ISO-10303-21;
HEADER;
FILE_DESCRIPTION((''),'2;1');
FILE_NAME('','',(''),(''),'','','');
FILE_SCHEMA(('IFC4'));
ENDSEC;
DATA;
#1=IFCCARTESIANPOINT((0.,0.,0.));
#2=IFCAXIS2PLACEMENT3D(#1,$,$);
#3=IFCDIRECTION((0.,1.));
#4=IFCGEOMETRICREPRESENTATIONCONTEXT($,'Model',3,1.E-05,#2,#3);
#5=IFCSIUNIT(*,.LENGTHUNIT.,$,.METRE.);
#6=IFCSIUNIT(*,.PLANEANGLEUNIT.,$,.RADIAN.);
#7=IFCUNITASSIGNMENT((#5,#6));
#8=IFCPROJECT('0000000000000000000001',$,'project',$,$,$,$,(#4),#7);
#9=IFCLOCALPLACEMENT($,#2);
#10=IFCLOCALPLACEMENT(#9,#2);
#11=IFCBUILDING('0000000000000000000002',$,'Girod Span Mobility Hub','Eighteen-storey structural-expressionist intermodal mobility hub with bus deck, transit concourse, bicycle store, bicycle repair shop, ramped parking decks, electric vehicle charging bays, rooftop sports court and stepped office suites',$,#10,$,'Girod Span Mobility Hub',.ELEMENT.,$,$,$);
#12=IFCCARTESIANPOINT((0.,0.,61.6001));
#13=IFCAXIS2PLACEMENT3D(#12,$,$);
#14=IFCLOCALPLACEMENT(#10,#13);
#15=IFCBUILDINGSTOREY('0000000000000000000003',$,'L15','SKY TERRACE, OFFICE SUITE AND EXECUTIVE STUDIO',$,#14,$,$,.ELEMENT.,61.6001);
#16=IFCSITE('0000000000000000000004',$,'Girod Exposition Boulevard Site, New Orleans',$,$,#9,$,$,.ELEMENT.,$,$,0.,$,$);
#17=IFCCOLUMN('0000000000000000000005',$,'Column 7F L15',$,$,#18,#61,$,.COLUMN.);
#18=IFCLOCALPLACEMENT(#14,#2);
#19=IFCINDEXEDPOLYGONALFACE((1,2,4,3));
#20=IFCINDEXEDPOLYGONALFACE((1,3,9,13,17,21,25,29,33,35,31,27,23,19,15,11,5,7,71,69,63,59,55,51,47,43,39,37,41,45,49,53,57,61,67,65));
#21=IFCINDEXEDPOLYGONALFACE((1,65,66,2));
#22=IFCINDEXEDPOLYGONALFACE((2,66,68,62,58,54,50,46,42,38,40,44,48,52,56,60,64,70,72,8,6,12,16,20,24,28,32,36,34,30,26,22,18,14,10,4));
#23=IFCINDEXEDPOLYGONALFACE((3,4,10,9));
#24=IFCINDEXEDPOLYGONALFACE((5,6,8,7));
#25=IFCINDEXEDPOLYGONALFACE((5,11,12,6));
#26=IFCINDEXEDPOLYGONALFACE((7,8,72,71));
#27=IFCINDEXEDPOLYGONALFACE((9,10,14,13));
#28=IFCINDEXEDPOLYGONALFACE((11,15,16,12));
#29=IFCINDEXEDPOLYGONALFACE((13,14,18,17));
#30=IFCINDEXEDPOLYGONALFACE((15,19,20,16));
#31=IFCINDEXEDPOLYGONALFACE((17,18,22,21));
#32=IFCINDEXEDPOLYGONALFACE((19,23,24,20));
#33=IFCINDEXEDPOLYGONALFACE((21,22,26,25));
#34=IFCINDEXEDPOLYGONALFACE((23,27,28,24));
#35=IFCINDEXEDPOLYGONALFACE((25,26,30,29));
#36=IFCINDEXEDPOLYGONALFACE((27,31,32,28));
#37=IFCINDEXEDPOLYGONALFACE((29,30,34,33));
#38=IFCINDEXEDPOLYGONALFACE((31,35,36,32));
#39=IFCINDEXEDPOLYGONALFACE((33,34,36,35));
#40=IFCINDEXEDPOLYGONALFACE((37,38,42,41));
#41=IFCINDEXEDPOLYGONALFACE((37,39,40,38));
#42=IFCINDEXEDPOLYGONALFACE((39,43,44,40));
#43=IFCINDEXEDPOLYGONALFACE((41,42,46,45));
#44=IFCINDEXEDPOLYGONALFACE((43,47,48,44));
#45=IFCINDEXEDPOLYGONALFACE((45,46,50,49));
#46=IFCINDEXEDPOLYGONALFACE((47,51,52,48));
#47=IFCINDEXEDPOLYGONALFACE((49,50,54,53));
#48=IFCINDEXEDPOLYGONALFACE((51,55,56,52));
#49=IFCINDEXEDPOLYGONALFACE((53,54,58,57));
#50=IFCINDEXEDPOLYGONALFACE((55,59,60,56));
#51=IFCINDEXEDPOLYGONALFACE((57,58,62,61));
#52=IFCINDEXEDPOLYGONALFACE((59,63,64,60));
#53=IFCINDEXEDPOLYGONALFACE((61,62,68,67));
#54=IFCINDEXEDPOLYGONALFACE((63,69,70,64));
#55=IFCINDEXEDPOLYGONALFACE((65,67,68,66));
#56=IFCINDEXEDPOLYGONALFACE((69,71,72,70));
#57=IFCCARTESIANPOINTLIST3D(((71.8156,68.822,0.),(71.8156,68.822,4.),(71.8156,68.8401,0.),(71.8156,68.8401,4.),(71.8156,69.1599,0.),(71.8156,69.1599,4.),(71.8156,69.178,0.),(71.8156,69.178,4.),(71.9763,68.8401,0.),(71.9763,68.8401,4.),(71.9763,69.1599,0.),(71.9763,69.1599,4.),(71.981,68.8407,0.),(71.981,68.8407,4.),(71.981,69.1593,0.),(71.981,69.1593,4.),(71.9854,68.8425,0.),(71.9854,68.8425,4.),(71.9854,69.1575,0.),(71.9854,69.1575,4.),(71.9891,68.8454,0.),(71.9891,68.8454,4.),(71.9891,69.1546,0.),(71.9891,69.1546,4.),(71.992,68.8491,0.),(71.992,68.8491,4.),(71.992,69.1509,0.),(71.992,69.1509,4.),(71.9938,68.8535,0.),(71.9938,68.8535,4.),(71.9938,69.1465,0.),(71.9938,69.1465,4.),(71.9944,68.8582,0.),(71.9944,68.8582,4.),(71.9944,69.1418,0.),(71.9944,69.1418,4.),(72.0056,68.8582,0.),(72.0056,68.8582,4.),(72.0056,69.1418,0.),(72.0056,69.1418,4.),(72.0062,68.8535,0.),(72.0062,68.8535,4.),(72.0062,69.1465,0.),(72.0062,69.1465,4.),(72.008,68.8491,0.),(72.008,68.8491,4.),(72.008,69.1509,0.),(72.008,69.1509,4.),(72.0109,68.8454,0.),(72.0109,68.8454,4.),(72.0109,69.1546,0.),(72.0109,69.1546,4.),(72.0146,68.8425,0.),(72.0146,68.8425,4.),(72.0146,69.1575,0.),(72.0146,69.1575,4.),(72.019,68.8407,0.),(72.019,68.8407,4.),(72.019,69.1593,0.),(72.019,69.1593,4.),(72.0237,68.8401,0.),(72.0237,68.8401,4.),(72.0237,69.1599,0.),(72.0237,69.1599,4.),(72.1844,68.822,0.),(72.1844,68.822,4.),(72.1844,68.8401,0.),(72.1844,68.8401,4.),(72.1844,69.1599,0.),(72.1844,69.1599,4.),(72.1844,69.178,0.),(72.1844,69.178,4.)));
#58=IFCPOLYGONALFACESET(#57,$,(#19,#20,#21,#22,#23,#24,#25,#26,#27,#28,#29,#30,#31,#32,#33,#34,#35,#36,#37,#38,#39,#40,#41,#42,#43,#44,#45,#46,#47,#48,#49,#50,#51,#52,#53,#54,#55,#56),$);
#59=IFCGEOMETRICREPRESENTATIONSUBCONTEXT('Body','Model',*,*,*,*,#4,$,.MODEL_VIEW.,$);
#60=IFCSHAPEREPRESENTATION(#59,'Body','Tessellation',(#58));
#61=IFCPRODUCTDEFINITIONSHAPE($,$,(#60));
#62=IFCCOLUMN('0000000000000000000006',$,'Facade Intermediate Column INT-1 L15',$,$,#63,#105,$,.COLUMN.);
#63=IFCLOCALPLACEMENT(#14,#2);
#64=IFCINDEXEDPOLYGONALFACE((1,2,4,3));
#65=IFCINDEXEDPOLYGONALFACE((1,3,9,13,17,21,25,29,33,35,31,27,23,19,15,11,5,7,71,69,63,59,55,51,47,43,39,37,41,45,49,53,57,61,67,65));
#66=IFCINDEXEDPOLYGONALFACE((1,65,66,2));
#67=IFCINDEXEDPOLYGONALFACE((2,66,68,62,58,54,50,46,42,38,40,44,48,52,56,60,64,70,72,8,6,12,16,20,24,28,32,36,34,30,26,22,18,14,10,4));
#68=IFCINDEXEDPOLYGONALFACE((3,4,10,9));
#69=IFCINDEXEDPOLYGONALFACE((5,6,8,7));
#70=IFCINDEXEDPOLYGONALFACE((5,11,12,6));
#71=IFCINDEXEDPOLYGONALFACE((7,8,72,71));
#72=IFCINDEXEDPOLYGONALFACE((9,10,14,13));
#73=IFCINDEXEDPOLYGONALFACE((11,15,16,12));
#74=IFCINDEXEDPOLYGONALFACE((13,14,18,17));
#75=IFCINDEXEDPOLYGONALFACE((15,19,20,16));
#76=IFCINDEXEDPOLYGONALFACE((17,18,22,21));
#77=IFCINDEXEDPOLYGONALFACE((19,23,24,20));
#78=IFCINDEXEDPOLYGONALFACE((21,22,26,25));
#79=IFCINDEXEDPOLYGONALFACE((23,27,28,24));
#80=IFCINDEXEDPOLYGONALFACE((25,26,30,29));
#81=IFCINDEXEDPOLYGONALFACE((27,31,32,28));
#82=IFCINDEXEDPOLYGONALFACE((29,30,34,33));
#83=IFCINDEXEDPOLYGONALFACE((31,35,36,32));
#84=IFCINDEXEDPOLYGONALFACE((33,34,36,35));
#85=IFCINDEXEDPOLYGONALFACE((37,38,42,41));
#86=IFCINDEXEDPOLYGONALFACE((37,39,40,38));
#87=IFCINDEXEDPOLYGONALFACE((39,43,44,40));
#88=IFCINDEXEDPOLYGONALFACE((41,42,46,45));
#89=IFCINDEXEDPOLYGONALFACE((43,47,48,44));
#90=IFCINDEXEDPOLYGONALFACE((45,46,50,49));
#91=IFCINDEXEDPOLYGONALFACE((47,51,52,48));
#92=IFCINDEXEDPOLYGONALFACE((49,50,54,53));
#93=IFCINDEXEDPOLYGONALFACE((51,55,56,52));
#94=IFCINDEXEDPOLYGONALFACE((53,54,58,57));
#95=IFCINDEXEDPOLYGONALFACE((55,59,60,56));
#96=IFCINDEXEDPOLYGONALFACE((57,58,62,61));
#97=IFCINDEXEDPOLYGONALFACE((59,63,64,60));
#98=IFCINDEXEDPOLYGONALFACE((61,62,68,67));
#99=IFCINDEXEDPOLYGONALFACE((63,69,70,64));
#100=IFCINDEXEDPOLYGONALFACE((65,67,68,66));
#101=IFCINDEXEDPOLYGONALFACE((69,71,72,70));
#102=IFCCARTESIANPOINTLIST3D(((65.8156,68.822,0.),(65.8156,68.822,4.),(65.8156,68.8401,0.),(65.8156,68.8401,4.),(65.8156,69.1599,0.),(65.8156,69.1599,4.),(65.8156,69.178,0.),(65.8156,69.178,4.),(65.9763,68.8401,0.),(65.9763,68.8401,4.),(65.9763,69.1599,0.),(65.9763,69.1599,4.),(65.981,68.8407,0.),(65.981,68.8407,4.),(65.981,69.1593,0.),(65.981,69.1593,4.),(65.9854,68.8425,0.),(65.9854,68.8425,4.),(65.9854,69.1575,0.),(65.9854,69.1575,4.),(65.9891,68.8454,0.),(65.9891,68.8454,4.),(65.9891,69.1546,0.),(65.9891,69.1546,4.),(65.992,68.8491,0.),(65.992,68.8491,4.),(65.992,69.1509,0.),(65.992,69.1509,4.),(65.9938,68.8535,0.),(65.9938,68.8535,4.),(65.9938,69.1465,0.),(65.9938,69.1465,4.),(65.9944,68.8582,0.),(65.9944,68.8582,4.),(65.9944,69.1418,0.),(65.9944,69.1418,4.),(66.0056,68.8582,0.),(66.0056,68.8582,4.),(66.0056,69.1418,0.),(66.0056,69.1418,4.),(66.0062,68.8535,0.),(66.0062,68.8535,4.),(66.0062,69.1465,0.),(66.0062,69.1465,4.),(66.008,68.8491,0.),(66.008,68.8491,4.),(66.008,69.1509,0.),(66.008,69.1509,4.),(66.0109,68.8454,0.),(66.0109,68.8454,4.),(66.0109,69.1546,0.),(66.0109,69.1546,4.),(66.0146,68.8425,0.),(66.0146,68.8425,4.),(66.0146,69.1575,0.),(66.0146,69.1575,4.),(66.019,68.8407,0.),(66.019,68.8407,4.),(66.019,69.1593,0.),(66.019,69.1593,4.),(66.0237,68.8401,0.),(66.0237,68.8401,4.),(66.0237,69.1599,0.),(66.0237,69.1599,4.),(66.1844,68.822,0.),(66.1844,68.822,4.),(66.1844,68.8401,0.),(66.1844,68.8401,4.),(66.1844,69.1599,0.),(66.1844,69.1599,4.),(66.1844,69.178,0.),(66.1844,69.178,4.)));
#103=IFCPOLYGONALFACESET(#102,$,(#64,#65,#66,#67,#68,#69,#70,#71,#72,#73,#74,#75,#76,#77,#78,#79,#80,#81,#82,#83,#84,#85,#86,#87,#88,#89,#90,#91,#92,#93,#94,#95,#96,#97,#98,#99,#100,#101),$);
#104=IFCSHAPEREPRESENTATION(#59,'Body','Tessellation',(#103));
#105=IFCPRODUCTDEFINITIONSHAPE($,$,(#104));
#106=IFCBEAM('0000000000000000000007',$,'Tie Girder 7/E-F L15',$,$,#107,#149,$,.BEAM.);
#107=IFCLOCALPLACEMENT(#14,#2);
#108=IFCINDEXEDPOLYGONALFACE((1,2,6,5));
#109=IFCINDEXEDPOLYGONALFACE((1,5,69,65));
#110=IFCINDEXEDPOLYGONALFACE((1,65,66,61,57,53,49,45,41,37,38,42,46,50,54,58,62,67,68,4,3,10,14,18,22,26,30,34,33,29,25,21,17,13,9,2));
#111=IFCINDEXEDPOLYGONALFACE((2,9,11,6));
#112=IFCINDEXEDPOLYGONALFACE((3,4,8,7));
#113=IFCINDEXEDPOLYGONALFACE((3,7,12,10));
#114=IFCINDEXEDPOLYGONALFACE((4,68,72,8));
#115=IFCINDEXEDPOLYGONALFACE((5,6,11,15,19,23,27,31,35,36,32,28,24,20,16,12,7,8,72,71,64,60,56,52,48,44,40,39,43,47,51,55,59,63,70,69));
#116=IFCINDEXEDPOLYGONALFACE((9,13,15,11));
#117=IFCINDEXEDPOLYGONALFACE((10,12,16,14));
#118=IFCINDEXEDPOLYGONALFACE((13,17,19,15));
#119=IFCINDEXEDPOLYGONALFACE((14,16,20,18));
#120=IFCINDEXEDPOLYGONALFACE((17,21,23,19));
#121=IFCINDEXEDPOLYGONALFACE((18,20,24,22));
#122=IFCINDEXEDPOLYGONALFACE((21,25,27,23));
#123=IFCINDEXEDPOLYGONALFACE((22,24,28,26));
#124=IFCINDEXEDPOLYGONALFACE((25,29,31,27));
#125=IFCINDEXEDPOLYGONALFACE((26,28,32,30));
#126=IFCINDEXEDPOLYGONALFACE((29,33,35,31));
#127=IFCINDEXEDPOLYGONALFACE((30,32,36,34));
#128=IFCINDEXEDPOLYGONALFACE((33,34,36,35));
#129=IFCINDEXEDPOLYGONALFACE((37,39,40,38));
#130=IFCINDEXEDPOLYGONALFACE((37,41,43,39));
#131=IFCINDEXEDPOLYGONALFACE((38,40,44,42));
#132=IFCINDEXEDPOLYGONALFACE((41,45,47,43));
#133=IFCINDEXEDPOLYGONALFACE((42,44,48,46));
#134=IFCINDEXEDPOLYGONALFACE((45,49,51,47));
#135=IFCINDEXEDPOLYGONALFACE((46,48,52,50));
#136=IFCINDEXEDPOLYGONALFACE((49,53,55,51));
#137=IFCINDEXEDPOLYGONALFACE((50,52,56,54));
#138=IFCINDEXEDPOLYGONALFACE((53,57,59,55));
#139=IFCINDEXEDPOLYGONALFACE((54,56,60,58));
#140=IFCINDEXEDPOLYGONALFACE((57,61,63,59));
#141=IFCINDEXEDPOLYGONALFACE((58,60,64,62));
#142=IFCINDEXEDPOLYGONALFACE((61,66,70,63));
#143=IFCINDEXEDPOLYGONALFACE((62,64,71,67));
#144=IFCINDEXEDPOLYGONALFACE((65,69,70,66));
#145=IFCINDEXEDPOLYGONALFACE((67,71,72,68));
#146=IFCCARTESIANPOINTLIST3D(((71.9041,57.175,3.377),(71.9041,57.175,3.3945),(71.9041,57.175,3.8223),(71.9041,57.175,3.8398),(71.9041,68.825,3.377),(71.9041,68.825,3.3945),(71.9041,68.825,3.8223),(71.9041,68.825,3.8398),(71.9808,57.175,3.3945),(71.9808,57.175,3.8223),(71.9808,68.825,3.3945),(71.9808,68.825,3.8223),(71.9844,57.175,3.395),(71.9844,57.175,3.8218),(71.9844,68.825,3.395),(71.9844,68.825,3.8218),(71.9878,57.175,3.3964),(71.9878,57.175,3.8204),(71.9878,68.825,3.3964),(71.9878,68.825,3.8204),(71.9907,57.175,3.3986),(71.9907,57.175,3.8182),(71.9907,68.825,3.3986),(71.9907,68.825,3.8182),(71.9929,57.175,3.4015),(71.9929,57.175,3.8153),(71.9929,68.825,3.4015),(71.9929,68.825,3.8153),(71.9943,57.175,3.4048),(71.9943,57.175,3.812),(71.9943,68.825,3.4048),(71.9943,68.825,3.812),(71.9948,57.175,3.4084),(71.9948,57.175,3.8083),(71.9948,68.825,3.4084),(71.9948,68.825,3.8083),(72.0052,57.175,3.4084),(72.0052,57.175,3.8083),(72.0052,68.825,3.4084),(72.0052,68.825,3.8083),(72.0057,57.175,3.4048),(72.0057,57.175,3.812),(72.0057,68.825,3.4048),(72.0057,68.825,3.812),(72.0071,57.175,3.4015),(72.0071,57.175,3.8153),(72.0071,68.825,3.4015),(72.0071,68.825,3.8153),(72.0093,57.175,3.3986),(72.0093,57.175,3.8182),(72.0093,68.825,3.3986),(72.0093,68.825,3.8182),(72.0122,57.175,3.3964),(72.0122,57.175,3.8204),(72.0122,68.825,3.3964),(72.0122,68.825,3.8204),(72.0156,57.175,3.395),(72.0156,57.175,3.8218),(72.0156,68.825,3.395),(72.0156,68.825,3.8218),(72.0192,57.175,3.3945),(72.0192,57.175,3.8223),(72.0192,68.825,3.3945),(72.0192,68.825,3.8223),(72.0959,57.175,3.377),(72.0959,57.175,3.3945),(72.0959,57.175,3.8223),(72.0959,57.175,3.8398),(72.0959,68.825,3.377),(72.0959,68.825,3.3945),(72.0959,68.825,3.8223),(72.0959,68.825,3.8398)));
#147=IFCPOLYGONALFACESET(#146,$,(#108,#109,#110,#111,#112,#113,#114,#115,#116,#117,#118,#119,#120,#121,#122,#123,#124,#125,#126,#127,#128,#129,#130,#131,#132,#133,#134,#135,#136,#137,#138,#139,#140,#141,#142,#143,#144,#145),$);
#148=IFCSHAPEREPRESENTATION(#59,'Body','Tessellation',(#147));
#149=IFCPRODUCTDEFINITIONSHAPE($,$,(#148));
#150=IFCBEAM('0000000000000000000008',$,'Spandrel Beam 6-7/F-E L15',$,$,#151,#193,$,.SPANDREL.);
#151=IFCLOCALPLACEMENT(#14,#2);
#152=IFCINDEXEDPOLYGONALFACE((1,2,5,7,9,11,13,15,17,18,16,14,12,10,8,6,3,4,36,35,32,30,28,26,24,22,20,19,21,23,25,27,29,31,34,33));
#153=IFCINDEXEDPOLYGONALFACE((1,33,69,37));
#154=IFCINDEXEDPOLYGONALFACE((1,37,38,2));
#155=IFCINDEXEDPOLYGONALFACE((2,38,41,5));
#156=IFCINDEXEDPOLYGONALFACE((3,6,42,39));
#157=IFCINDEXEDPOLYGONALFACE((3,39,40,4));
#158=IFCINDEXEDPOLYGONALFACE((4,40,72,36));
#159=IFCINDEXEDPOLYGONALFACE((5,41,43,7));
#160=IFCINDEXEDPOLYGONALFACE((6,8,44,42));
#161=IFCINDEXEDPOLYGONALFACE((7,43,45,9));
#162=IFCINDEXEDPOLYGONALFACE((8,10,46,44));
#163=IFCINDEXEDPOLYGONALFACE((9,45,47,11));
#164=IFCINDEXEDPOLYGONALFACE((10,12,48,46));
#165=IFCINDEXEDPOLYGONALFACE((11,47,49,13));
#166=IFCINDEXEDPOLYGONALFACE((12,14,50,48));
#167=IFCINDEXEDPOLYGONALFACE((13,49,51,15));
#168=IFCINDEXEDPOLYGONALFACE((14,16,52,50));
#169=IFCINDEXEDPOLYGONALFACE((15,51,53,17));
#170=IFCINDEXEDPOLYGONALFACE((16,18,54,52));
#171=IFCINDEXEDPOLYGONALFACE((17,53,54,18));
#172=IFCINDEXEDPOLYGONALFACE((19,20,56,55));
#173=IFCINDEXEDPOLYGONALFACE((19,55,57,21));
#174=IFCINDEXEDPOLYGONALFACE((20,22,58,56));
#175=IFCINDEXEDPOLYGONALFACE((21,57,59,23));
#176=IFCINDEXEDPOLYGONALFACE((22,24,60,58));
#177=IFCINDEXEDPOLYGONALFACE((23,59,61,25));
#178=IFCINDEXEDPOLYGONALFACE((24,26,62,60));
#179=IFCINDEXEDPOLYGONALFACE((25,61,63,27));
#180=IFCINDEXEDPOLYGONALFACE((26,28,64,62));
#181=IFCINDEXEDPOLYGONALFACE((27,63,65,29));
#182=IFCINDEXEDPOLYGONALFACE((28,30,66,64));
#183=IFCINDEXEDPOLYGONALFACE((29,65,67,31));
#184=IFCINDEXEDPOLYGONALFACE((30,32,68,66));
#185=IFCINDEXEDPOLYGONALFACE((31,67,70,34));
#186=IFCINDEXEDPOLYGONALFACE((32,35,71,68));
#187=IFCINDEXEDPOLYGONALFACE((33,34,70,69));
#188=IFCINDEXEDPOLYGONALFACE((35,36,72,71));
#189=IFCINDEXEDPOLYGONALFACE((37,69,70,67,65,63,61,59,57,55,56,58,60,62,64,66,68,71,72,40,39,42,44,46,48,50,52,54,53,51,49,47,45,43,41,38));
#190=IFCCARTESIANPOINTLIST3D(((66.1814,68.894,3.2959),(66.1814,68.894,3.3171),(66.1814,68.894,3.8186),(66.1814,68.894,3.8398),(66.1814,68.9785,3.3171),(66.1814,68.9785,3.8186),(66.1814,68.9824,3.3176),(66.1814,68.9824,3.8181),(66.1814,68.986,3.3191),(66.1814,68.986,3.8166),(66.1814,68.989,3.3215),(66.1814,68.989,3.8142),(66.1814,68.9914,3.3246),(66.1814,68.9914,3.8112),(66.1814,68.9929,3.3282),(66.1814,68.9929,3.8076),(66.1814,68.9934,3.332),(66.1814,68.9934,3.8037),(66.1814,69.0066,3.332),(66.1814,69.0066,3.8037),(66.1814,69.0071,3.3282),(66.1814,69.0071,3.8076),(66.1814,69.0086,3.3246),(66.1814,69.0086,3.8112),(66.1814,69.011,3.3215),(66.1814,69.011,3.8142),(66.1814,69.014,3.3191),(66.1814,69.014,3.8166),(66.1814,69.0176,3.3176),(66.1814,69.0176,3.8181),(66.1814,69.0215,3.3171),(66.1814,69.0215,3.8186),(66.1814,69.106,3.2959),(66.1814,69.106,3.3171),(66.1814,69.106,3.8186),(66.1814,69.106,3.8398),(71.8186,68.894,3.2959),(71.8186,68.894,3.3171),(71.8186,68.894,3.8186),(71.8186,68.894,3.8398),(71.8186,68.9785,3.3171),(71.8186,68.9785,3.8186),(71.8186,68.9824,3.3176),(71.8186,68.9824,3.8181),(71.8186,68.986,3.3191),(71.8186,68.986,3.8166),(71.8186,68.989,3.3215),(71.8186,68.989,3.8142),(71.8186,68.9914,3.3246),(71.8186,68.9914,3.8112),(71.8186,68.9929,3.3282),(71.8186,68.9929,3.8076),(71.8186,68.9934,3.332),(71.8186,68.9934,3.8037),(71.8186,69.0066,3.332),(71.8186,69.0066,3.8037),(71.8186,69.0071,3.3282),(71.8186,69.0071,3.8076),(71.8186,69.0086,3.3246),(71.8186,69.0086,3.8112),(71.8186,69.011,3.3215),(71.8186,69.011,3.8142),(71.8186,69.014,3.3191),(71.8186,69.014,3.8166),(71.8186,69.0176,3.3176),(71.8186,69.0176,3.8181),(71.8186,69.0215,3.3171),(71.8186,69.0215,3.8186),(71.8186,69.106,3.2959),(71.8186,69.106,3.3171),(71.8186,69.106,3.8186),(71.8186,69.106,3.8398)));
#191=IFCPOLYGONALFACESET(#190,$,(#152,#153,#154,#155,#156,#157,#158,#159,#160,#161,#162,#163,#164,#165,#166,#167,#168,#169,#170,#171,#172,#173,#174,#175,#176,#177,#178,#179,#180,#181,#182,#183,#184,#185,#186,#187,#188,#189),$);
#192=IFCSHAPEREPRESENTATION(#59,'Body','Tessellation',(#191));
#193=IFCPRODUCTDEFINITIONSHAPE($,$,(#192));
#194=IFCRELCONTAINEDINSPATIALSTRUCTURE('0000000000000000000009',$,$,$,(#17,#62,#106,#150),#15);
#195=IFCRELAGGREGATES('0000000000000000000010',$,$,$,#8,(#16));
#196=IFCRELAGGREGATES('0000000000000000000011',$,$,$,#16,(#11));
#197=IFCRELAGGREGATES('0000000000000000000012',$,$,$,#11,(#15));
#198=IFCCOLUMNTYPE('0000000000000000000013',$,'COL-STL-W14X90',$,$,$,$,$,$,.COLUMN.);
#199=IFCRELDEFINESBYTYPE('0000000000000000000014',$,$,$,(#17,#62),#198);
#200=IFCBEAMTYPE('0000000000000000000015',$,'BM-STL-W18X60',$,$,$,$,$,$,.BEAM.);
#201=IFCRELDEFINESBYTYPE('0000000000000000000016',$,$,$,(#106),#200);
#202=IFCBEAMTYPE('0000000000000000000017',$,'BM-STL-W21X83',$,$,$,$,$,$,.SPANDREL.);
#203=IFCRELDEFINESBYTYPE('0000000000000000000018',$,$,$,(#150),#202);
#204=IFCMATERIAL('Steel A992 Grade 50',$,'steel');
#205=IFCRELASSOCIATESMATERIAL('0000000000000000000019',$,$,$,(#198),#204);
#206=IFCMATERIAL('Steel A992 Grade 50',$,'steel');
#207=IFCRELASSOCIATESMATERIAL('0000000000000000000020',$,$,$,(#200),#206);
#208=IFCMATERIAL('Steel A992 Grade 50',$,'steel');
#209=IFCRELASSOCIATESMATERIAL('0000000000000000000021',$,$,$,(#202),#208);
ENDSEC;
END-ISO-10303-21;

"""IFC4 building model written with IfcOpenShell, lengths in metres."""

from ifc_helpers import new_model, si_unit, direction, frame, origin, origin_2d, place, context, subcontext, project, spatial, i_section, extrude, material, material_profile, profile_set, type_object, element, save


model = new_model("IFC4")

# Units and contexts
model_context = context("Model", 3, precision=1e-05, world=origin(), true_north=direction((0.0, 1.0)))
body_context = subcontext(model_context, "Body", "Model", "MODEL_VIEW")
ifc_project = project(units=[si_unit("LENGTHUNIT", "METRE"), si_unit("PLANEANGLEUNIT", "RADIAN")], contexts=[model_context])

# Site, building, storey
site_placement = place(None, origin())
site = spatial("IfcSite", under=ifc_project, at=site_placement, Name="Girod Exposition Boulevard Site, New Orleans", CompositionType="ELEMENT", RefElevation=0.0)
building_placement = place(site_placement, origin())
building = spatial("IfcBuilding", under=site, at=building_placement, Name="Girod Span Mobility Hub", Description="Eighteen-storey structural-expressionist intermodal mobility hub with bus deck, transit concourse, bicycle store, bicycle repair shop, ramped parking decks, electric vehicle charging bays, rooftop sports court and stepped office suites", LongName="Girod Span Mobility Hub", CompositionType="ELEMENT")
storey_placement = place(building_placement, frame((0.0, 0.0, 61.6001)))
storey = spatial("IfcBuildingStorey", under=building, at=storey_placement, Name="L15", Description="SKY TERRACE, OFFICE SUITE AND EXECUTIVE STUDIO", CompositionType="ELEMENT", Elevation=61.6001)

# Columns
ifc_material_1 = material(Name="Steel A992 Grade 50", Category="steel")
ifc_material_profile_1 = material_profile(ifc_material_1, i_section(OverallWidth=0.3689, OverallDepth=0.356, WebThickness=0.0112, FlangeThickness=0.0181, FilletRadius=0.0181, at=origin_2d()), Name="W14X90")
ifc_profile_set_1 = profile_set([ifc_material_profile_1], Name="Steel A992 Grade 50")
column_type = type_object("IfcColumnType", Name="COL-STL-W14X90", PredefinedType="COLUMN", material=ifc_profile_set_1)
for number, where, z_axis, x_axis, name in (
    (1, (72.0, 69.0, 0.0), (0.0, 0.0, 1.0), (1.0, 0.0, 0.0), "Column 7F L15"),
    (2, (66.0, 69.0, 0.0), (0.0, 0.0, 1.0), (1.0, 0.0, 0.0), "Facade Intermediate Column INT-1 L15"),
):
    element("IfcColumn", number, at=place(storey_placement, frame(where, z_axis=z_axis, x_axis=x_axis)), inside=storey, type_object=column_type, Name=name, PredefinedType="COLUMN", context=body_context, shape_type="SweptSolid", body=[
        extrude(i_section(OverallWidth=0.3689, OverallDepth=0.356, WebThickness=0.0112, FlangeThickness=0.0181, FilletRadius=0.0181, at=origin_2d()), origin(), (0.0, 0.0, 1.0), 4.0),
    ])

# Beams
ifc_material_2 = material(Name="Steel A992 Grade 50", Category="steel")
ifc_material_profile_2 = material_profile(ifc_material_2, i_section(OverallWidth=0.1919, OverallDepth=0.4629, WebThickness=0.0105, FlangeThickness=0.0176, FilletRadius=0.0139, at=origin_2d()), Name="W18X60")
ifc_profile_set_2 = profile_set([ifc_material_profile_2], Name="Steel A992 Grade 50")
beam_type_1 = type_object("IfcBeamType", Name="BM-STL-W18X60", PredefinedType="BEAM", material=ifc_profile_set_2)
beam_placement = place(storey_placement, frame((72.0, 57.175, 3.6084), z_axis=(0.0, 1.0, 0.0), x_axis=(-1.0, 0.0, 0.0)))
element("IfcBeam", 3, at=beam_placement, inside=storey, type_object=beam_type_1, Name="Tie Girder 7/E-F L15", PredefinedType="BEAM", context=body_context, shape_type="SweptSolid", body=[
    extrude(i_section(OverallWidth=0.1919, OverallDepth=0.4629, WebThickness=0.0105, FlangeThickness=0.0176, FilletRadius=0.0139, at=origin_2d()), origin(), (0.0, 0.0, 1.0), 11.6499),
])
ifc_material_3 = material(Name="Steel A992 Grade 50", Category="steel")
ifc_material_profile_3 = material_profile(ifc_material_3, i_section(OverallWidth=0.2119, OverallDepth=0.5439, WebThickness=0.0132, FlangeThickness=0.0212, FilletRadius=0.0149, at=origin_2d()), Name="W21X83")
ifc_profile_set_3 = profile_set([ifc_material_profile_3], Name="Steel A992 Grade 50")
beam_type_2 = type_object("IfcBeamType", Name="BM-STL-W21X83", PredefinedType="SPANDREL", material=ifc_profile_set_3)
for number, where, z_axis, x_axis, name in (
    (4, (66.1814, 69.0, 3.5679), (1.0, 0.0, 0.0), (0.0, 1.0, 0.0), "Spandrel Beam 6-7/F-E L15"),
):
    element("IfcBeam", number, at=place(storey_placement, frame(where, z_axis=z_axis, x_axis=x_axis)), inside=storey, type_object=beam_type_2, Name=name, PredefinedType="SPANDREL", context=body_context, shape_type="SweptSolid", body=[
        extrude(i_section(OverallWidth=0.2119, OverallDepth=0.5439, WebThickness=0.0132, FlangeThickness=0.0212, FilletRadius=0.0149, at=origin_2d()), origin(), (0.0, 0.0, 1.0), 5.6372),
    ])

save(model, "model.ifc")
